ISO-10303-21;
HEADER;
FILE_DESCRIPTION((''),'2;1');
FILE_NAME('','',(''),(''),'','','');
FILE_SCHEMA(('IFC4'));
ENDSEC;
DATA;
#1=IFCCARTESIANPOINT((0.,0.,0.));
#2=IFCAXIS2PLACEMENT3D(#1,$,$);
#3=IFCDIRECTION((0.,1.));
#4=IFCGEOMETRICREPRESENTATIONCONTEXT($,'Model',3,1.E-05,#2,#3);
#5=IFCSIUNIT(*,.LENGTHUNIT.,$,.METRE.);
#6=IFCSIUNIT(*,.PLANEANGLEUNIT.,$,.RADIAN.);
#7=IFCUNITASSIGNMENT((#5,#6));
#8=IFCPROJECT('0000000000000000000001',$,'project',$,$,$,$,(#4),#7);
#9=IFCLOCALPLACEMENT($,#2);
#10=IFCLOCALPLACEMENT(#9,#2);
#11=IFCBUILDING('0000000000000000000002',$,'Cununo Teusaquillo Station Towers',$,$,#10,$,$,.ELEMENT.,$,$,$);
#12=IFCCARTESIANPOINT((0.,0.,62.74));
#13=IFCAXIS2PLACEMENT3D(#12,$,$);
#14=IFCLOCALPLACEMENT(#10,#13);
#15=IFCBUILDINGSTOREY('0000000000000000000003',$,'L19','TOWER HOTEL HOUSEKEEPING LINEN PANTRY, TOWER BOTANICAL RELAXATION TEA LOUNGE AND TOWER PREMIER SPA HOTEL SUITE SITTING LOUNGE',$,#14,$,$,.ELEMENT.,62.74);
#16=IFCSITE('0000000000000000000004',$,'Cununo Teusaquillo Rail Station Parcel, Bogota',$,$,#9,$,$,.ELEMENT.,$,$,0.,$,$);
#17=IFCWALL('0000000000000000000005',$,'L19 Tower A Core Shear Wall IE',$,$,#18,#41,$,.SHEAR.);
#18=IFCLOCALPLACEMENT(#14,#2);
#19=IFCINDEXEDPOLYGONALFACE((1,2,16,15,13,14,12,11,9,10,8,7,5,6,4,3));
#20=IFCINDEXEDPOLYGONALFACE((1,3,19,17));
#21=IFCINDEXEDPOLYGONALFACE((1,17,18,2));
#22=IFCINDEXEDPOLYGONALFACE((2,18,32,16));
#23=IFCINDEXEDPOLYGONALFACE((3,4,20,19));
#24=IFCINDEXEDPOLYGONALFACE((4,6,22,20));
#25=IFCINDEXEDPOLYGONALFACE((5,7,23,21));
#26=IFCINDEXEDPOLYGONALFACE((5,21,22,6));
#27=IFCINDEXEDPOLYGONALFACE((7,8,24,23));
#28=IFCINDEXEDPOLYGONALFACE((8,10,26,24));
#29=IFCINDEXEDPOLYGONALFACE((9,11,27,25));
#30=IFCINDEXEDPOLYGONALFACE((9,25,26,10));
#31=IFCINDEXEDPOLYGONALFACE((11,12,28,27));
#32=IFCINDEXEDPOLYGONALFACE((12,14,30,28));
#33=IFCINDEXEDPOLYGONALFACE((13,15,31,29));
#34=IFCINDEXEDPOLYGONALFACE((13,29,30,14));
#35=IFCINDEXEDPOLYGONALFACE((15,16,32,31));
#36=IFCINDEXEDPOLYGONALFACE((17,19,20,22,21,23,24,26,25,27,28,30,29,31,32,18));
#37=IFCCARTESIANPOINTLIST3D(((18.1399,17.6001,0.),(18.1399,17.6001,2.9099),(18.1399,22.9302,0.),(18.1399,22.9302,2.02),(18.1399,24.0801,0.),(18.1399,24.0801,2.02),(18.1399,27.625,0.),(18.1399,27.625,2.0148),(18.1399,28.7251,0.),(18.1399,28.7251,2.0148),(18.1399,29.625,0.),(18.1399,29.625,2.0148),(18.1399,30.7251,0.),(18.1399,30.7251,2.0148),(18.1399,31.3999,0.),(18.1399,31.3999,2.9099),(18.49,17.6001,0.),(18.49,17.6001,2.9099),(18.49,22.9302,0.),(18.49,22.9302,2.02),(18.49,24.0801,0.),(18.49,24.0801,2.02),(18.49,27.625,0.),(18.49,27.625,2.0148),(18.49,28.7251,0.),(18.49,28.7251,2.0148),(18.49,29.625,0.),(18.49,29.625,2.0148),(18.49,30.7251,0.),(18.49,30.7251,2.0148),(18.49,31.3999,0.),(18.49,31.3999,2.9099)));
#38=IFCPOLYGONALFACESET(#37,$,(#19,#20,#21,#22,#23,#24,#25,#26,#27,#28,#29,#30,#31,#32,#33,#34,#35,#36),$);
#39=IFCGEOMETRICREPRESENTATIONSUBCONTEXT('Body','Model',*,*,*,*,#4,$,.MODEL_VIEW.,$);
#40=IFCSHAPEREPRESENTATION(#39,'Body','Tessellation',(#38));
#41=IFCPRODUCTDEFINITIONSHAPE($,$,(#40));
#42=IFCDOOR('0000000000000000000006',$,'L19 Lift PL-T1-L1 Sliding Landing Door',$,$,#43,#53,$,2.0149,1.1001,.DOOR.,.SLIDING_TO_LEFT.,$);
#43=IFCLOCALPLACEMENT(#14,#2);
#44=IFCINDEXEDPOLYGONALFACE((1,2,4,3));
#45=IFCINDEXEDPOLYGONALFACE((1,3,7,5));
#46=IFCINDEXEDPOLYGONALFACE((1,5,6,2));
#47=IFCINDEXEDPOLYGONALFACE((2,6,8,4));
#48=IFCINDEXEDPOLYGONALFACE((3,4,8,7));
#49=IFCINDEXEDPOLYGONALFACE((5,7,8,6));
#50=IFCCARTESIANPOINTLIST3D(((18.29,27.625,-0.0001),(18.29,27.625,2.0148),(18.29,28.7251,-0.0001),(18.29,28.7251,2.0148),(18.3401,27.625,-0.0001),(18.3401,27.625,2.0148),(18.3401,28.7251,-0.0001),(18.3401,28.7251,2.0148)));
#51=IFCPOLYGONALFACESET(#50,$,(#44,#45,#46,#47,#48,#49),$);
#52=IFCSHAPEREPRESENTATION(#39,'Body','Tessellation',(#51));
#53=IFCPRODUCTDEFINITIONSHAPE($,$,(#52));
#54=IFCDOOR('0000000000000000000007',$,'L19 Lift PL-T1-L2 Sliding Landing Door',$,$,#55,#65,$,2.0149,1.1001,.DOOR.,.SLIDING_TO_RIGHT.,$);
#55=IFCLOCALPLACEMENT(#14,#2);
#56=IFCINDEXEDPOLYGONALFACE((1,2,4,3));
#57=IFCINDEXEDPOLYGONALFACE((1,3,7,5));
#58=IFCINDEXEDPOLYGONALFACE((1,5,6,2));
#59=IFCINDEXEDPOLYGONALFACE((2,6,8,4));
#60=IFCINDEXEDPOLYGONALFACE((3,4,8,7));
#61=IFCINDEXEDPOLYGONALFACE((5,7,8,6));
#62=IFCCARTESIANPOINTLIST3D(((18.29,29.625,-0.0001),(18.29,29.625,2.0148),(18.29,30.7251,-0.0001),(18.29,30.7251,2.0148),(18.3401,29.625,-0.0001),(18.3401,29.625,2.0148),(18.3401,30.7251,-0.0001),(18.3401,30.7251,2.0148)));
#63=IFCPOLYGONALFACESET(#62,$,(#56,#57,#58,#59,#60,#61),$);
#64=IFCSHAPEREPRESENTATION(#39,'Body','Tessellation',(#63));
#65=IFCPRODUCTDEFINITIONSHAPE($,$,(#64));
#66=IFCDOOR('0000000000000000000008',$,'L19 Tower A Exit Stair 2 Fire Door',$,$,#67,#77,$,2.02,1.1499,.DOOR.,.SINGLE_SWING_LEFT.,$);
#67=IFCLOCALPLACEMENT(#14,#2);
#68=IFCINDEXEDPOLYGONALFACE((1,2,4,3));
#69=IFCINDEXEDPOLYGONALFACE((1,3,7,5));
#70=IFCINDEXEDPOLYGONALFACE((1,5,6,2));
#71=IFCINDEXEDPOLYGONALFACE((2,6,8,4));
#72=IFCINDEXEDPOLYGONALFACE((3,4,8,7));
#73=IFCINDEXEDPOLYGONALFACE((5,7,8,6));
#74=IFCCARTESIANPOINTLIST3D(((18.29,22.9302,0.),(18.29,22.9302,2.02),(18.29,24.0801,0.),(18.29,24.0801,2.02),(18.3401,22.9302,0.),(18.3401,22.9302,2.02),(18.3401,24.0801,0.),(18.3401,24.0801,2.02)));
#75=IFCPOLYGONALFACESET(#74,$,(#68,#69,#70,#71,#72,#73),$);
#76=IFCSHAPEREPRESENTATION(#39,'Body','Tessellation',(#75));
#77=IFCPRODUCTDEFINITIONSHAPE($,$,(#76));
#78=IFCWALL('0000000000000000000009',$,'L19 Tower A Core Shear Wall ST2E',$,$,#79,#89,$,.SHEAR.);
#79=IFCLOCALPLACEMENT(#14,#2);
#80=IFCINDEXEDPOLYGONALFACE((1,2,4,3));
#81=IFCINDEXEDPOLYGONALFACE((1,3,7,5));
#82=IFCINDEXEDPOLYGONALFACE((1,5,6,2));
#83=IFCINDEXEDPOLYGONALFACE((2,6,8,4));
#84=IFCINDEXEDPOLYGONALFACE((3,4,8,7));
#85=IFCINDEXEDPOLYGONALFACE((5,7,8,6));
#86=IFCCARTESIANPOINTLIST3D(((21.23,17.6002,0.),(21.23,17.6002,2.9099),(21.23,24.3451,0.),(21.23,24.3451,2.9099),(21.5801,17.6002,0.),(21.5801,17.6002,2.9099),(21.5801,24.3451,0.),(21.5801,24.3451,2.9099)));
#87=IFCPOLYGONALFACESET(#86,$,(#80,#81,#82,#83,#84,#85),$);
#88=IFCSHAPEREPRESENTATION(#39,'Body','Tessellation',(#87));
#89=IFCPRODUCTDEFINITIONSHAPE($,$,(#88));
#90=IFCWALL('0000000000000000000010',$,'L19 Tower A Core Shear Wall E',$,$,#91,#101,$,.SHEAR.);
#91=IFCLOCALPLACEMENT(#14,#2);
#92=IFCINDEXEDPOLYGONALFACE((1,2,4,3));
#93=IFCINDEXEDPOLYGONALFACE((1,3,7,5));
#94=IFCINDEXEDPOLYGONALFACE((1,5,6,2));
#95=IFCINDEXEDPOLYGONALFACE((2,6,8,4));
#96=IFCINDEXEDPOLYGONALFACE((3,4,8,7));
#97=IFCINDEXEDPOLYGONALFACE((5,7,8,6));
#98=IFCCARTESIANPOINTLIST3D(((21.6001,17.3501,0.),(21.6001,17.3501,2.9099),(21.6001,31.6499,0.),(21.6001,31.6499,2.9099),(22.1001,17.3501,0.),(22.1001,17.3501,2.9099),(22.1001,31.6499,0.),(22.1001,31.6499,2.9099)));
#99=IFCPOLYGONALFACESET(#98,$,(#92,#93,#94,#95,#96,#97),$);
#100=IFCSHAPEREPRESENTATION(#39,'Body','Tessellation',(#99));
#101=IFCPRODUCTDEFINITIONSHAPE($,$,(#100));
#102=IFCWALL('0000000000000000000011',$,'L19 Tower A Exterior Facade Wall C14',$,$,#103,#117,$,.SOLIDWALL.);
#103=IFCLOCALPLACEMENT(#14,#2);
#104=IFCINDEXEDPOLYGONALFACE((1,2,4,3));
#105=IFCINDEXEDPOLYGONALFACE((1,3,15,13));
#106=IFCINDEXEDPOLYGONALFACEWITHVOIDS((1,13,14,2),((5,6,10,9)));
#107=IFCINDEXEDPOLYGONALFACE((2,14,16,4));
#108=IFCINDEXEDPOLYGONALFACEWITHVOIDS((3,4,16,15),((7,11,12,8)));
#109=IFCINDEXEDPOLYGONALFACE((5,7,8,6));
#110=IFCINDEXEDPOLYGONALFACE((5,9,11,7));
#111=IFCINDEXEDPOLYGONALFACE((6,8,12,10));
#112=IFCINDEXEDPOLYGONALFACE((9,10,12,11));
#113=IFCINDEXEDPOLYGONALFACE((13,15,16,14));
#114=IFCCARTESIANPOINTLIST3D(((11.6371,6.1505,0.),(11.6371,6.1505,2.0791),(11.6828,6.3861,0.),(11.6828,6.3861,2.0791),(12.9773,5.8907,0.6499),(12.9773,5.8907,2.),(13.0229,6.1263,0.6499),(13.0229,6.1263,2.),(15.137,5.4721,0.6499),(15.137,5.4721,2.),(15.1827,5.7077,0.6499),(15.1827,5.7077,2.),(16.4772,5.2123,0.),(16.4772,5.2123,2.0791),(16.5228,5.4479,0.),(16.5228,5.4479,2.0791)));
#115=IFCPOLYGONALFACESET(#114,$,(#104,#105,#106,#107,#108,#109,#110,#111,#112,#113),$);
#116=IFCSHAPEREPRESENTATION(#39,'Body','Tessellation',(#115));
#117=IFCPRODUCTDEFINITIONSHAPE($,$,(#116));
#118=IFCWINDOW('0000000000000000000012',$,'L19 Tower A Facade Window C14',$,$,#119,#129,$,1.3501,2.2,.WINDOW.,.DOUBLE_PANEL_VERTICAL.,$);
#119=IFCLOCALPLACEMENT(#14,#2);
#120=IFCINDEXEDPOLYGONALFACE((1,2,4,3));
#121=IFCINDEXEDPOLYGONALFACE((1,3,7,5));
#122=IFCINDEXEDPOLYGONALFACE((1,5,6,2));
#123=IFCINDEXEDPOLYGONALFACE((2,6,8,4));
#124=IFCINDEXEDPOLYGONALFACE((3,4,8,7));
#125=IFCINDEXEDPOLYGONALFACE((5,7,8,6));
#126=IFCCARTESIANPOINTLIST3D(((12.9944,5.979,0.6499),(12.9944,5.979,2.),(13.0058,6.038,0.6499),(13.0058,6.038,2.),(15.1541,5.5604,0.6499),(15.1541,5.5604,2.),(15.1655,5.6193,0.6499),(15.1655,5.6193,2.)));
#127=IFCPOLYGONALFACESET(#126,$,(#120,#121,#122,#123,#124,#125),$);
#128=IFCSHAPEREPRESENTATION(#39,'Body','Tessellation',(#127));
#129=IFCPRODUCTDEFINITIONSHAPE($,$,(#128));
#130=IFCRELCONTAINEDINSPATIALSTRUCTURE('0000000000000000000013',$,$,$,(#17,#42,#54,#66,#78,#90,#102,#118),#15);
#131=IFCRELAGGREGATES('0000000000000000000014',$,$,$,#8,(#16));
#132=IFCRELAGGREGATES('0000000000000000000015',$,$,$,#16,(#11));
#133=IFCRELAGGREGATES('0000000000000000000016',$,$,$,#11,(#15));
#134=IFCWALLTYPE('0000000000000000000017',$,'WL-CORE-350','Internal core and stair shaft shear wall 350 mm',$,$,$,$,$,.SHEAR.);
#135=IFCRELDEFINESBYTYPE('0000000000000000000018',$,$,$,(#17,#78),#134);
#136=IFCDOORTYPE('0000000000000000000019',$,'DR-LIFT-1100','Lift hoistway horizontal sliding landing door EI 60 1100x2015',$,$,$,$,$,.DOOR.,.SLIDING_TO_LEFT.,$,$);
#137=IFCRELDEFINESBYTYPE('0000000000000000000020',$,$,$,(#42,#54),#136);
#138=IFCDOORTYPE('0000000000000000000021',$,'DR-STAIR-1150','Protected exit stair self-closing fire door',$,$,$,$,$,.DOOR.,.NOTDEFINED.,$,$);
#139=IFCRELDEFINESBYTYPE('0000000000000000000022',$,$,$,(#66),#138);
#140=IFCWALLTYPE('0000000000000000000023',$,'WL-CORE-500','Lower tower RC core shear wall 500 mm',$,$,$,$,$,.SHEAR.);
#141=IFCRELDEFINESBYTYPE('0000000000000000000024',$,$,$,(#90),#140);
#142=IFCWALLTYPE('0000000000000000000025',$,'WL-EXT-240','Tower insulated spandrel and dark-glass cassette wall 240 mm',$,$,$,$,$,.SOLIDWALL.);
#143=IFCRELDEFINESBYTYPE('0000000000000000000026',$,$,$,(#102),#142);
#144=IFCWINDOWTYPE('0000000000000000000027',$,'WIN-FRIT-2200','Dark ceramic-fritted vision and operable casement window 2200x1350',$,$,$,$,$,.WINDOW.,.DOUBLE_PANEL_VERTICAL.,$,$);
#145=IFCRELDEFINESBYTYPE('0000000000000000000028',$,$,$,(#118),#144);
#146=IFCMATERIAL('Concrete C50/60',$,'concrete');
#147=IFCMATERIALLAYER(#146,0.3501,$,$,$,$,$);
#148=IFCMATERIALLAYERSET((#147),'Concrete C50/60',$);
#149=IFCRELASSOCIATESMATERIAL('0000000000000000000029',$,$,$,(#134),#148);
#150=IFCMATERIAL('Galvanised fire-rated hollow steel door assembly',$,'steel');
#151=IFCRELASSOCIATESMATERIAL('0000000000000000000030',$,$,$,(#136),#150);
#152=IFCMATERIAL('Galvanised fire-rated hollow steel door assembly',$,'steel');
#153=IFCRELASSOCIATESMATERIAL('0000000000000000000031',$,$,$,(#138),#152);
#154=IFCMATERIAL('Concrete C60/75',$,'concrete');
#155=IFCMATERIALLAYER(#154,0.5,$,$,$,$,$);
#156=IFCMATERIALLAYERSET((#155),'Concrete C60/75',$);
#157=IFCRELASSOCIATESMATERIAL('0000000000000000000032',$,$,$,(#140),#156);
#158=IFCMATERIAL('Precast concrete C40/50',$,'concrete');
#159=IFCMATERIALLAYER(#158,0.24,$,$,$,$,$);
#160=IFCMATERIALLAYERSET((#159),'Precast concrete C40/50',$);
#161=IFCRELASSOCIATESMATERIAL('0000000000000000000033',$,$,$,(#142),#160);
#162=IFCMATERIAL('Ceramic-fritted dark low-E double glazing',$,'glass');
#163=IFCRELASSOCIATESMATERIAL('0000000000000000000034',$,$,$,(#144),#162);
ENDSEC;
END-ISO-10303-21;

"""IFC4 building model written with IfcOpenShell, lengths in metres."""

from ifc_helpers import new_model, si_unit, direction, frame, frame_2d, origin, place, context, subcontext, project, spatial, rectangle, extrude, source, transform, mapped, material, layer, layer_set, type_object, element, fill, save


model = new_model("IFC4")

# Units and contexts
model_context = context("Model", 3, precision=1e-05, world=origin(), true_north=direction((0.0, 1.0)))
body_context = subcontext(model_context, "Body", "Model", "MODEL_VIEW")
ifc_project = project(units=[si_unit("LENGTHUNIT", "METRE"), si_unit("PLANEANGLEUNIT", "RADIAN")], contexts=[model_context])

# Site, building, storey
site_placement = place(None, origin())
site = spatial("IfcSite", under=ifc_project, at=site_placement, Name="Cununo Teusaquillo Rail Station Parcel, Bogota", CompositionType="ELEMENT", RefElevation=0.0)
building_placement = place(site_placement, origin())
building = spatial("IfcBuilding", under=site, at=building_placement, Name="Cununo Teusaquillo Station Towers", CompositionType="ELEMENT")
storey_placement = place(building_placement, frame((0.0, 0.0, 62.74)))
storey = spatial("IfcBuildingStorey", under=building, at=storey_placement, Name="L19", Description="TOWER HOTEL HOUSEKEEPING LINEN PANTRY, TOWER BOTANICAL RELAXATION TEA LOUNGE AND TOWER PREMIER SPA HOTEL SUITE SITTING LOUNGE", CompositionType="ELEMENT", Elevation=62.74)

# Wall, openings, doors
ifc_material_1 = material(Name="Concrete C50/60", Category="concrete")
ifc_layer_1 = layer(ifc_material_1, 0.3501)
ifc_layer_set_1 = layer_set([ifc_layer_1], Name="Concrete C50/60")
wall_type_1 = type_object("IfcWallType", Name="WL-CORE-350", Description="Internal core and stair shaft shear wall 350 mm", PredefinedType="SHEAR", material=ifc_layer_set_1)
wall_1_placement = place(storey_placement, frame((18.3149, 17.6001, 0.0), z_axis=(0.0, 0.0, 1.0), x_axis=(0.0, 1.0, 0.0)))
wall_1 = element("IfcWall", 1, at=wall_1_placement, inside=storey, type_object=wall_type_1, Name="L19 Tower A Core Shear Wall IE", PredefinedType="SHEAR", context=body_context, shape_type="SweptSolid", body=[
    extrude(rectangle(XDim=13.7998, YDim=0.3501, at=frame_2d((6.8999, 0.0))), origin(), (0.0, 0.0, 1.0), 2.9099),
])
shared_shape_1 = source(origin(), body_context, "Body", "SweptSolid", [
    extrude(rectangle(XDim=1.1001, YDim=2.0149, at=frame_2d((0.55, 1.0073))), frame((0.0, 0.1851, 0.0), z_axis=(0.0, -1.0, 0.0), x_axis=(1.0, 0.0, 0.0)), (0.0, 0.0, 1.0), 0.3701),
])
opening_1_placement = place(wall_1_placement, frame((10.0249, 0.0, 0.0)))
opening_1 = element("IfcOpeningElement", 2, at=opening_1_placement, cuts=wall_1, PredefinedType="OPENING", context=body_context, shape_type="MappedRepresentation", body=[
    mapped(shared_shape_1, transform((0.0, 0.0, 0.0), x_axis=(1.0, 0.0, 0.0), y_axis=(0.0, 1.0, 0.0), z_axis=(0.0, 0.0, 1.0), scale=1.0)),
])
opening_2_placement = place(wall_1_placement, frame((12.0249, 0.0, 0.0)))
opening_2 = element("IfcOpeningElement", 3, at=opening_2_placement, cuts=wall_1, PredefinedType="OPENING", context=body_context, shape_type="MappedRepresentation", body=[
    mapped(shared_shape_1, transform((0.0, 0.0, 0.0), x_axis=(1.0, 0.0, 0.0), y_axis=(0.0, 1.0, 0.0), z_axis=(0.0, 0.0, 1.0), scale=1.0)),
])
shared_shape_2 = source(origin(), body_context, "Body", "SweptSolid", [
    extrude(rectangle(XDim=1.1499, YDim=2.02, at=frame_2d((0.575, 1.01))), frame((0.0, 0.1851, 0.0), z_axis=(0.0, -1.0, 0.0), x_axis=(1.0, 0.0, 0.0)), (0.0, 0.0, 1.0), 0.3701),
])
opening_3_placement = place(wall_1_placement, frame((5.3301, 0.0, 0.0)))
opening_3 = element("IfcOpeningElement", 4, at=opening_3_placement, cuts=wall_1, PredefinedType="OPENING", context=body_context, shape_type="MappedRepresentation", body=[
    mapped(shared_shape_2, transform((0.0, 0.0, 0.0), x_axis=(1.0, 0.0, 0.0), y_axis=(0.0, 1.0, 0.0), z_axis=(0.0, 0.0, 1.0), scale=1.0)),
])
ifc_material_2 = material(Name="Galvanised fire-rated hollow steel door assembly", Category="steel")
door_type_1 = type_object("IfcDoorType", Name="DR-LIFT-1100", Description="Lift hoistway horizontal sliding landing door EI 60 1100x2015", OperationType="SLIDING_TO_LEFT", PredefinedType="DOOR", material=ifc_material_2)
shared_shape_3 = source(origin(), body_context, "Body", "SweptSolid", [
    extrude(rectangle(XDim=1.1001, YDim=2.0149, at=frame_2d((0.55, 1.0073))), frame((0.0, 0.0249, 0.0), z_axis=(0.0, -1.0, 0.0), x_axis=(1.0, 0.0, 0.0)), (0.0, 0.0, 1.0), 0.05),
])
door_1_placement = place(opening_1_placement, origin())
door_1 = element("IfcDoor", 5, at=door_1_placement, inside=storey, type_object=door_type_1, Name="L19 Lift PL-T1-L1 Sliding Landing Door", OperationType="SLIDING_TO_LEFT", OverallHeight=2.0149, OverallWidth=1.1001, PredefinedType="DOOR", context=body_context, shape_type="MappedRepresentation", body=[
    mapped(shared_shape_3, transform((0.0, 0.0, 0.0), x_axis=(1.0, 0.0, 0.0), y_axis=(0.0, 1.0, 0.0), z_axis=(0.0, 0.0, 1.0), scale=1.0)),
])
fill(opening_1, door_1)
door_2_placement = place(opening_2_placement, origin())
door_2 = element("IfcDoor", 6, at=door_2_placement, inside=storey, type_object=door_type_1, Name="L19 Lift PL-T1-L2 Sliding Landing Door", OperationType="SLIDING_TO_RIGHT", OverallHeight=2.0149, OverallWidth=1.1001, PredefinedType="DOOR", context=body_context, shape_type="MappedRepresentation", body=[
    mapped(shared_shape_3, transform((0.0, 0.0, 0.0), x_axis=(1.0, 0.0, 0.0), y_axis=(0.0, 1.0, 0.0), z_axis=(0.0, 0.0, 1.0), scale=1.0)),
])
fill(opening_2, door_2)
ifc_material_3 = material(Name="Galvanised fire-rated hollow steel door assembly", Category="steel")
door_type_2 = type_object("IfcDoorType", Name="DR-STAIR-1150", Description="Protected exit stair self-closing fire door", OperationType="NOTDEFINED", PredefinedType="DOOR", material=ifc_material_3)
shared_shape_4 = source(origin(), body_context, "Body", "SweptSolid", [
    extrude(rectangle(XDim=1.1499, YDim=2.02, at=frame_2d((0.575, 1.01))), frame((0.0, 0.0249, 0.0), z_axis=(0.0, -1.0, 0.0), x_axis=(1.0, 0.0, 0.0)), (0.0, 0.0, 1.0), 0.05),
])
door_3_placement = place(opening_3_placement, origin())
door_3 = element("IfcDoor", 7, at=door_3_placement, inside=storey, type_object=door_type_2, Name="L19 Tower A Exit Stair 2 Fire Door", OperationType="SINGLE_SWING_LEFT", OverallHeight=2.02, OverallWidth=1.1499, PredefinedType="DOOR", context=body_context, shape_type="MappedRepresentation", body=[
    mapped(shared_shape_4, transform((0.0, 0.0, 0.0), x_axis=(1.0, 0.0, 0.0), y_axis=(0.0, 1.0, 0.0), z_axis=(0.0, 0.0, 1.0), scale=1.0)),
])
fill(opening_3, door_3)

# Walls
wall_2_placement = place(storey_placement, frame((21.405, 17.6001, 0.0), z_axis=(0.0, 0.0, 1.0), x_axis=(0.0, 1.0, 0.0)))
element("IfcWall", 8, at=wall_2_placement, inside=storey, type_object=wall_type_1, Name="L19 Tower A Core Shear Wall ST2E", PredefinedType="SHEAR", context=body_context, shape_type="SweptSolid", body=[
    extrude(rectangle(XDim=6.7449, YDim=0.3501, at=frame_2d((3.3726, 0.0))), origin(), (0.0, 0.0, 1.0), 2.9099),
])
ifc_material_4 = material(Name="Concrete C60/75", Category="concrete")
ifc_layer_2 = layer(ifc_material_4, 0.5)
ifc_layer_set_2 = layer_set([ifc_layer_2], Name="Concrete C60/75")
wall_type_2 = type_object("IfcWallType", Name="WL-CORE-500", Description="Lower tower RC core shear wall 500 mm", PredefinedType="SHEAR", material=ifc_layer_set_2)
wall_3_placement = place(storey_placement, frame((21.8501, 17.3501, 0.0), z_axis=(0.0, 0.0, 1.0), x_axis=(0.0, 1.0, 0.0)))
element("IfcWall", 9, at=wall_3_placement, inside=storey, type_object=wall_type_2, Name="L19 Tower A Core Shear Wall E", PredefinedType="SHEAR", context=body_context, shape_type="SweptSolid", body=[
    extrude(rectangle(XDim=14.2998, YDim=0.5, at=frame_2d((7.1499, 0.0))), origin(), (0.0, 0.0, 1.0), 2.9099),
])

# Wall, opening, window
ifc_material_5 = material(Name="Precast concrete C40/50", Category="concrete")
ifc_layer_3 = layer(ifc_material_5, 0.24)
ifc_layer_set_3 = layer_set([ifc_layer_3], Name="Precast concrete C40/50")
wall_type_3 = type_object("IfcWallType", Name="WL-EXT-240", Description="Tower insulated spandrel and dark-glass cassette wall 240 mm", PredefinedType="SOLIDWALL", material=ifc_layer_set_3)
wall_4_placement = place(storey_placement, frame((16.5, 5.3301, 0.0), z_axis=(0.0, 0.0, 1.0), x_axis=(-0.981725, 0.190304, 0.0)))
wall_4 = element("IfcWall", 10, at=wall_4_placement, inside=storey, type_object=wall_type_3, Name="L19 Tower A Exterior Facade Wall C14", PredefinedType="SOLIDWALL", context=body_context, shape_type="SweptSolid", body=[
    extrude(rectangle(XDim=4.9302, YDim=0.24, at=frame_2d((2.4651, 0.0))), origin(), (0.0, 0.0, 1.0), 2.0791),
])
shared_shape_5 = source(origin(), body_context, "Body", "SweptSolid", [
    extrude(rectangle(XDim=2.2, YDim=1.3501, at=frame_2d((1.1001, 0.675))), frame((0.0, 0.1299, 0.0), z_axis=(0.0, -1.0, 0.0), x_axis=(1.0, 0.0, 0.0)), (0.0, 0.0, 1.0), 0.26),
])
opening_4_placement = place(wall_4_placement, frame((1.365, 0.0, 0.6499)))
opening_4 = element("IfcOpeningElement", 11, at=opening_4_placement, cuts=wall_4, PredefinedType="OPENING", context=body_context, shape_type="MappedRepresentation", body=[
    mapped(shared_shape_5, transform((0.0, 0.0, 0.0), x_axis=(1.0, 0.0, 0.0), y_axis=(0.0, 1.0, 0.0), z_axis=(0.0, 0.0, 1.0), scale=1.0)),
])
ifc_material_6 = material(Name="Ceramic-fritted dark low-E double glazing", Category="glass")
window_type_1 = type_object("IfcWindowType", Name="WIN-FRIT-2200", Description="Dark ceramic-fritted vision and operable casement window 2200x1350", PartitioningType="DOUBLE_PANEL_VERTICAL", PredefinedType="WINDOW", material=ifc_material_6)
shared_shape_6 = source(origin(), body_context, "Body", "SweptSolid", [
    extrude(rectangle(XDim=2.2, YDim=1.3501, at=frame_2d((1.1001, 0.675))), frame((0.0, 0.03, 0.0), z_axis=(0.0, -1.0, 0.0), x_axis=(1.0, 0.0, 0.0)), (0.0, 0.0, 1.0), 0.0601),
])
window_1_placement = place(opening_4_placement, origin())
window_1 = element("IfcWindow", 12, at=window_1_placement, inside=storey, type_object=window_type_1, Name="L19 Tower A Facade Window C14", OverallHeight=1.3501, OverallWidth=2.2, PartitioningType="DOUBLE_PANEL_VERTICAL", PredefinedType="WINDOW", context=body_context, shape_type="MappedRepresentation", body=[
    mapped(shared_shape_6, transform((0.0, 0.0, 0.0), x_axis=(1.0, 0.0, 0.0), y_axis=(0.0, 1.0, 0.0), z_axis=(0.0, 0.0, 1.0), scale=1.0)),
])
fill(opening_4, window_1)

save(model, "model.ifc")
